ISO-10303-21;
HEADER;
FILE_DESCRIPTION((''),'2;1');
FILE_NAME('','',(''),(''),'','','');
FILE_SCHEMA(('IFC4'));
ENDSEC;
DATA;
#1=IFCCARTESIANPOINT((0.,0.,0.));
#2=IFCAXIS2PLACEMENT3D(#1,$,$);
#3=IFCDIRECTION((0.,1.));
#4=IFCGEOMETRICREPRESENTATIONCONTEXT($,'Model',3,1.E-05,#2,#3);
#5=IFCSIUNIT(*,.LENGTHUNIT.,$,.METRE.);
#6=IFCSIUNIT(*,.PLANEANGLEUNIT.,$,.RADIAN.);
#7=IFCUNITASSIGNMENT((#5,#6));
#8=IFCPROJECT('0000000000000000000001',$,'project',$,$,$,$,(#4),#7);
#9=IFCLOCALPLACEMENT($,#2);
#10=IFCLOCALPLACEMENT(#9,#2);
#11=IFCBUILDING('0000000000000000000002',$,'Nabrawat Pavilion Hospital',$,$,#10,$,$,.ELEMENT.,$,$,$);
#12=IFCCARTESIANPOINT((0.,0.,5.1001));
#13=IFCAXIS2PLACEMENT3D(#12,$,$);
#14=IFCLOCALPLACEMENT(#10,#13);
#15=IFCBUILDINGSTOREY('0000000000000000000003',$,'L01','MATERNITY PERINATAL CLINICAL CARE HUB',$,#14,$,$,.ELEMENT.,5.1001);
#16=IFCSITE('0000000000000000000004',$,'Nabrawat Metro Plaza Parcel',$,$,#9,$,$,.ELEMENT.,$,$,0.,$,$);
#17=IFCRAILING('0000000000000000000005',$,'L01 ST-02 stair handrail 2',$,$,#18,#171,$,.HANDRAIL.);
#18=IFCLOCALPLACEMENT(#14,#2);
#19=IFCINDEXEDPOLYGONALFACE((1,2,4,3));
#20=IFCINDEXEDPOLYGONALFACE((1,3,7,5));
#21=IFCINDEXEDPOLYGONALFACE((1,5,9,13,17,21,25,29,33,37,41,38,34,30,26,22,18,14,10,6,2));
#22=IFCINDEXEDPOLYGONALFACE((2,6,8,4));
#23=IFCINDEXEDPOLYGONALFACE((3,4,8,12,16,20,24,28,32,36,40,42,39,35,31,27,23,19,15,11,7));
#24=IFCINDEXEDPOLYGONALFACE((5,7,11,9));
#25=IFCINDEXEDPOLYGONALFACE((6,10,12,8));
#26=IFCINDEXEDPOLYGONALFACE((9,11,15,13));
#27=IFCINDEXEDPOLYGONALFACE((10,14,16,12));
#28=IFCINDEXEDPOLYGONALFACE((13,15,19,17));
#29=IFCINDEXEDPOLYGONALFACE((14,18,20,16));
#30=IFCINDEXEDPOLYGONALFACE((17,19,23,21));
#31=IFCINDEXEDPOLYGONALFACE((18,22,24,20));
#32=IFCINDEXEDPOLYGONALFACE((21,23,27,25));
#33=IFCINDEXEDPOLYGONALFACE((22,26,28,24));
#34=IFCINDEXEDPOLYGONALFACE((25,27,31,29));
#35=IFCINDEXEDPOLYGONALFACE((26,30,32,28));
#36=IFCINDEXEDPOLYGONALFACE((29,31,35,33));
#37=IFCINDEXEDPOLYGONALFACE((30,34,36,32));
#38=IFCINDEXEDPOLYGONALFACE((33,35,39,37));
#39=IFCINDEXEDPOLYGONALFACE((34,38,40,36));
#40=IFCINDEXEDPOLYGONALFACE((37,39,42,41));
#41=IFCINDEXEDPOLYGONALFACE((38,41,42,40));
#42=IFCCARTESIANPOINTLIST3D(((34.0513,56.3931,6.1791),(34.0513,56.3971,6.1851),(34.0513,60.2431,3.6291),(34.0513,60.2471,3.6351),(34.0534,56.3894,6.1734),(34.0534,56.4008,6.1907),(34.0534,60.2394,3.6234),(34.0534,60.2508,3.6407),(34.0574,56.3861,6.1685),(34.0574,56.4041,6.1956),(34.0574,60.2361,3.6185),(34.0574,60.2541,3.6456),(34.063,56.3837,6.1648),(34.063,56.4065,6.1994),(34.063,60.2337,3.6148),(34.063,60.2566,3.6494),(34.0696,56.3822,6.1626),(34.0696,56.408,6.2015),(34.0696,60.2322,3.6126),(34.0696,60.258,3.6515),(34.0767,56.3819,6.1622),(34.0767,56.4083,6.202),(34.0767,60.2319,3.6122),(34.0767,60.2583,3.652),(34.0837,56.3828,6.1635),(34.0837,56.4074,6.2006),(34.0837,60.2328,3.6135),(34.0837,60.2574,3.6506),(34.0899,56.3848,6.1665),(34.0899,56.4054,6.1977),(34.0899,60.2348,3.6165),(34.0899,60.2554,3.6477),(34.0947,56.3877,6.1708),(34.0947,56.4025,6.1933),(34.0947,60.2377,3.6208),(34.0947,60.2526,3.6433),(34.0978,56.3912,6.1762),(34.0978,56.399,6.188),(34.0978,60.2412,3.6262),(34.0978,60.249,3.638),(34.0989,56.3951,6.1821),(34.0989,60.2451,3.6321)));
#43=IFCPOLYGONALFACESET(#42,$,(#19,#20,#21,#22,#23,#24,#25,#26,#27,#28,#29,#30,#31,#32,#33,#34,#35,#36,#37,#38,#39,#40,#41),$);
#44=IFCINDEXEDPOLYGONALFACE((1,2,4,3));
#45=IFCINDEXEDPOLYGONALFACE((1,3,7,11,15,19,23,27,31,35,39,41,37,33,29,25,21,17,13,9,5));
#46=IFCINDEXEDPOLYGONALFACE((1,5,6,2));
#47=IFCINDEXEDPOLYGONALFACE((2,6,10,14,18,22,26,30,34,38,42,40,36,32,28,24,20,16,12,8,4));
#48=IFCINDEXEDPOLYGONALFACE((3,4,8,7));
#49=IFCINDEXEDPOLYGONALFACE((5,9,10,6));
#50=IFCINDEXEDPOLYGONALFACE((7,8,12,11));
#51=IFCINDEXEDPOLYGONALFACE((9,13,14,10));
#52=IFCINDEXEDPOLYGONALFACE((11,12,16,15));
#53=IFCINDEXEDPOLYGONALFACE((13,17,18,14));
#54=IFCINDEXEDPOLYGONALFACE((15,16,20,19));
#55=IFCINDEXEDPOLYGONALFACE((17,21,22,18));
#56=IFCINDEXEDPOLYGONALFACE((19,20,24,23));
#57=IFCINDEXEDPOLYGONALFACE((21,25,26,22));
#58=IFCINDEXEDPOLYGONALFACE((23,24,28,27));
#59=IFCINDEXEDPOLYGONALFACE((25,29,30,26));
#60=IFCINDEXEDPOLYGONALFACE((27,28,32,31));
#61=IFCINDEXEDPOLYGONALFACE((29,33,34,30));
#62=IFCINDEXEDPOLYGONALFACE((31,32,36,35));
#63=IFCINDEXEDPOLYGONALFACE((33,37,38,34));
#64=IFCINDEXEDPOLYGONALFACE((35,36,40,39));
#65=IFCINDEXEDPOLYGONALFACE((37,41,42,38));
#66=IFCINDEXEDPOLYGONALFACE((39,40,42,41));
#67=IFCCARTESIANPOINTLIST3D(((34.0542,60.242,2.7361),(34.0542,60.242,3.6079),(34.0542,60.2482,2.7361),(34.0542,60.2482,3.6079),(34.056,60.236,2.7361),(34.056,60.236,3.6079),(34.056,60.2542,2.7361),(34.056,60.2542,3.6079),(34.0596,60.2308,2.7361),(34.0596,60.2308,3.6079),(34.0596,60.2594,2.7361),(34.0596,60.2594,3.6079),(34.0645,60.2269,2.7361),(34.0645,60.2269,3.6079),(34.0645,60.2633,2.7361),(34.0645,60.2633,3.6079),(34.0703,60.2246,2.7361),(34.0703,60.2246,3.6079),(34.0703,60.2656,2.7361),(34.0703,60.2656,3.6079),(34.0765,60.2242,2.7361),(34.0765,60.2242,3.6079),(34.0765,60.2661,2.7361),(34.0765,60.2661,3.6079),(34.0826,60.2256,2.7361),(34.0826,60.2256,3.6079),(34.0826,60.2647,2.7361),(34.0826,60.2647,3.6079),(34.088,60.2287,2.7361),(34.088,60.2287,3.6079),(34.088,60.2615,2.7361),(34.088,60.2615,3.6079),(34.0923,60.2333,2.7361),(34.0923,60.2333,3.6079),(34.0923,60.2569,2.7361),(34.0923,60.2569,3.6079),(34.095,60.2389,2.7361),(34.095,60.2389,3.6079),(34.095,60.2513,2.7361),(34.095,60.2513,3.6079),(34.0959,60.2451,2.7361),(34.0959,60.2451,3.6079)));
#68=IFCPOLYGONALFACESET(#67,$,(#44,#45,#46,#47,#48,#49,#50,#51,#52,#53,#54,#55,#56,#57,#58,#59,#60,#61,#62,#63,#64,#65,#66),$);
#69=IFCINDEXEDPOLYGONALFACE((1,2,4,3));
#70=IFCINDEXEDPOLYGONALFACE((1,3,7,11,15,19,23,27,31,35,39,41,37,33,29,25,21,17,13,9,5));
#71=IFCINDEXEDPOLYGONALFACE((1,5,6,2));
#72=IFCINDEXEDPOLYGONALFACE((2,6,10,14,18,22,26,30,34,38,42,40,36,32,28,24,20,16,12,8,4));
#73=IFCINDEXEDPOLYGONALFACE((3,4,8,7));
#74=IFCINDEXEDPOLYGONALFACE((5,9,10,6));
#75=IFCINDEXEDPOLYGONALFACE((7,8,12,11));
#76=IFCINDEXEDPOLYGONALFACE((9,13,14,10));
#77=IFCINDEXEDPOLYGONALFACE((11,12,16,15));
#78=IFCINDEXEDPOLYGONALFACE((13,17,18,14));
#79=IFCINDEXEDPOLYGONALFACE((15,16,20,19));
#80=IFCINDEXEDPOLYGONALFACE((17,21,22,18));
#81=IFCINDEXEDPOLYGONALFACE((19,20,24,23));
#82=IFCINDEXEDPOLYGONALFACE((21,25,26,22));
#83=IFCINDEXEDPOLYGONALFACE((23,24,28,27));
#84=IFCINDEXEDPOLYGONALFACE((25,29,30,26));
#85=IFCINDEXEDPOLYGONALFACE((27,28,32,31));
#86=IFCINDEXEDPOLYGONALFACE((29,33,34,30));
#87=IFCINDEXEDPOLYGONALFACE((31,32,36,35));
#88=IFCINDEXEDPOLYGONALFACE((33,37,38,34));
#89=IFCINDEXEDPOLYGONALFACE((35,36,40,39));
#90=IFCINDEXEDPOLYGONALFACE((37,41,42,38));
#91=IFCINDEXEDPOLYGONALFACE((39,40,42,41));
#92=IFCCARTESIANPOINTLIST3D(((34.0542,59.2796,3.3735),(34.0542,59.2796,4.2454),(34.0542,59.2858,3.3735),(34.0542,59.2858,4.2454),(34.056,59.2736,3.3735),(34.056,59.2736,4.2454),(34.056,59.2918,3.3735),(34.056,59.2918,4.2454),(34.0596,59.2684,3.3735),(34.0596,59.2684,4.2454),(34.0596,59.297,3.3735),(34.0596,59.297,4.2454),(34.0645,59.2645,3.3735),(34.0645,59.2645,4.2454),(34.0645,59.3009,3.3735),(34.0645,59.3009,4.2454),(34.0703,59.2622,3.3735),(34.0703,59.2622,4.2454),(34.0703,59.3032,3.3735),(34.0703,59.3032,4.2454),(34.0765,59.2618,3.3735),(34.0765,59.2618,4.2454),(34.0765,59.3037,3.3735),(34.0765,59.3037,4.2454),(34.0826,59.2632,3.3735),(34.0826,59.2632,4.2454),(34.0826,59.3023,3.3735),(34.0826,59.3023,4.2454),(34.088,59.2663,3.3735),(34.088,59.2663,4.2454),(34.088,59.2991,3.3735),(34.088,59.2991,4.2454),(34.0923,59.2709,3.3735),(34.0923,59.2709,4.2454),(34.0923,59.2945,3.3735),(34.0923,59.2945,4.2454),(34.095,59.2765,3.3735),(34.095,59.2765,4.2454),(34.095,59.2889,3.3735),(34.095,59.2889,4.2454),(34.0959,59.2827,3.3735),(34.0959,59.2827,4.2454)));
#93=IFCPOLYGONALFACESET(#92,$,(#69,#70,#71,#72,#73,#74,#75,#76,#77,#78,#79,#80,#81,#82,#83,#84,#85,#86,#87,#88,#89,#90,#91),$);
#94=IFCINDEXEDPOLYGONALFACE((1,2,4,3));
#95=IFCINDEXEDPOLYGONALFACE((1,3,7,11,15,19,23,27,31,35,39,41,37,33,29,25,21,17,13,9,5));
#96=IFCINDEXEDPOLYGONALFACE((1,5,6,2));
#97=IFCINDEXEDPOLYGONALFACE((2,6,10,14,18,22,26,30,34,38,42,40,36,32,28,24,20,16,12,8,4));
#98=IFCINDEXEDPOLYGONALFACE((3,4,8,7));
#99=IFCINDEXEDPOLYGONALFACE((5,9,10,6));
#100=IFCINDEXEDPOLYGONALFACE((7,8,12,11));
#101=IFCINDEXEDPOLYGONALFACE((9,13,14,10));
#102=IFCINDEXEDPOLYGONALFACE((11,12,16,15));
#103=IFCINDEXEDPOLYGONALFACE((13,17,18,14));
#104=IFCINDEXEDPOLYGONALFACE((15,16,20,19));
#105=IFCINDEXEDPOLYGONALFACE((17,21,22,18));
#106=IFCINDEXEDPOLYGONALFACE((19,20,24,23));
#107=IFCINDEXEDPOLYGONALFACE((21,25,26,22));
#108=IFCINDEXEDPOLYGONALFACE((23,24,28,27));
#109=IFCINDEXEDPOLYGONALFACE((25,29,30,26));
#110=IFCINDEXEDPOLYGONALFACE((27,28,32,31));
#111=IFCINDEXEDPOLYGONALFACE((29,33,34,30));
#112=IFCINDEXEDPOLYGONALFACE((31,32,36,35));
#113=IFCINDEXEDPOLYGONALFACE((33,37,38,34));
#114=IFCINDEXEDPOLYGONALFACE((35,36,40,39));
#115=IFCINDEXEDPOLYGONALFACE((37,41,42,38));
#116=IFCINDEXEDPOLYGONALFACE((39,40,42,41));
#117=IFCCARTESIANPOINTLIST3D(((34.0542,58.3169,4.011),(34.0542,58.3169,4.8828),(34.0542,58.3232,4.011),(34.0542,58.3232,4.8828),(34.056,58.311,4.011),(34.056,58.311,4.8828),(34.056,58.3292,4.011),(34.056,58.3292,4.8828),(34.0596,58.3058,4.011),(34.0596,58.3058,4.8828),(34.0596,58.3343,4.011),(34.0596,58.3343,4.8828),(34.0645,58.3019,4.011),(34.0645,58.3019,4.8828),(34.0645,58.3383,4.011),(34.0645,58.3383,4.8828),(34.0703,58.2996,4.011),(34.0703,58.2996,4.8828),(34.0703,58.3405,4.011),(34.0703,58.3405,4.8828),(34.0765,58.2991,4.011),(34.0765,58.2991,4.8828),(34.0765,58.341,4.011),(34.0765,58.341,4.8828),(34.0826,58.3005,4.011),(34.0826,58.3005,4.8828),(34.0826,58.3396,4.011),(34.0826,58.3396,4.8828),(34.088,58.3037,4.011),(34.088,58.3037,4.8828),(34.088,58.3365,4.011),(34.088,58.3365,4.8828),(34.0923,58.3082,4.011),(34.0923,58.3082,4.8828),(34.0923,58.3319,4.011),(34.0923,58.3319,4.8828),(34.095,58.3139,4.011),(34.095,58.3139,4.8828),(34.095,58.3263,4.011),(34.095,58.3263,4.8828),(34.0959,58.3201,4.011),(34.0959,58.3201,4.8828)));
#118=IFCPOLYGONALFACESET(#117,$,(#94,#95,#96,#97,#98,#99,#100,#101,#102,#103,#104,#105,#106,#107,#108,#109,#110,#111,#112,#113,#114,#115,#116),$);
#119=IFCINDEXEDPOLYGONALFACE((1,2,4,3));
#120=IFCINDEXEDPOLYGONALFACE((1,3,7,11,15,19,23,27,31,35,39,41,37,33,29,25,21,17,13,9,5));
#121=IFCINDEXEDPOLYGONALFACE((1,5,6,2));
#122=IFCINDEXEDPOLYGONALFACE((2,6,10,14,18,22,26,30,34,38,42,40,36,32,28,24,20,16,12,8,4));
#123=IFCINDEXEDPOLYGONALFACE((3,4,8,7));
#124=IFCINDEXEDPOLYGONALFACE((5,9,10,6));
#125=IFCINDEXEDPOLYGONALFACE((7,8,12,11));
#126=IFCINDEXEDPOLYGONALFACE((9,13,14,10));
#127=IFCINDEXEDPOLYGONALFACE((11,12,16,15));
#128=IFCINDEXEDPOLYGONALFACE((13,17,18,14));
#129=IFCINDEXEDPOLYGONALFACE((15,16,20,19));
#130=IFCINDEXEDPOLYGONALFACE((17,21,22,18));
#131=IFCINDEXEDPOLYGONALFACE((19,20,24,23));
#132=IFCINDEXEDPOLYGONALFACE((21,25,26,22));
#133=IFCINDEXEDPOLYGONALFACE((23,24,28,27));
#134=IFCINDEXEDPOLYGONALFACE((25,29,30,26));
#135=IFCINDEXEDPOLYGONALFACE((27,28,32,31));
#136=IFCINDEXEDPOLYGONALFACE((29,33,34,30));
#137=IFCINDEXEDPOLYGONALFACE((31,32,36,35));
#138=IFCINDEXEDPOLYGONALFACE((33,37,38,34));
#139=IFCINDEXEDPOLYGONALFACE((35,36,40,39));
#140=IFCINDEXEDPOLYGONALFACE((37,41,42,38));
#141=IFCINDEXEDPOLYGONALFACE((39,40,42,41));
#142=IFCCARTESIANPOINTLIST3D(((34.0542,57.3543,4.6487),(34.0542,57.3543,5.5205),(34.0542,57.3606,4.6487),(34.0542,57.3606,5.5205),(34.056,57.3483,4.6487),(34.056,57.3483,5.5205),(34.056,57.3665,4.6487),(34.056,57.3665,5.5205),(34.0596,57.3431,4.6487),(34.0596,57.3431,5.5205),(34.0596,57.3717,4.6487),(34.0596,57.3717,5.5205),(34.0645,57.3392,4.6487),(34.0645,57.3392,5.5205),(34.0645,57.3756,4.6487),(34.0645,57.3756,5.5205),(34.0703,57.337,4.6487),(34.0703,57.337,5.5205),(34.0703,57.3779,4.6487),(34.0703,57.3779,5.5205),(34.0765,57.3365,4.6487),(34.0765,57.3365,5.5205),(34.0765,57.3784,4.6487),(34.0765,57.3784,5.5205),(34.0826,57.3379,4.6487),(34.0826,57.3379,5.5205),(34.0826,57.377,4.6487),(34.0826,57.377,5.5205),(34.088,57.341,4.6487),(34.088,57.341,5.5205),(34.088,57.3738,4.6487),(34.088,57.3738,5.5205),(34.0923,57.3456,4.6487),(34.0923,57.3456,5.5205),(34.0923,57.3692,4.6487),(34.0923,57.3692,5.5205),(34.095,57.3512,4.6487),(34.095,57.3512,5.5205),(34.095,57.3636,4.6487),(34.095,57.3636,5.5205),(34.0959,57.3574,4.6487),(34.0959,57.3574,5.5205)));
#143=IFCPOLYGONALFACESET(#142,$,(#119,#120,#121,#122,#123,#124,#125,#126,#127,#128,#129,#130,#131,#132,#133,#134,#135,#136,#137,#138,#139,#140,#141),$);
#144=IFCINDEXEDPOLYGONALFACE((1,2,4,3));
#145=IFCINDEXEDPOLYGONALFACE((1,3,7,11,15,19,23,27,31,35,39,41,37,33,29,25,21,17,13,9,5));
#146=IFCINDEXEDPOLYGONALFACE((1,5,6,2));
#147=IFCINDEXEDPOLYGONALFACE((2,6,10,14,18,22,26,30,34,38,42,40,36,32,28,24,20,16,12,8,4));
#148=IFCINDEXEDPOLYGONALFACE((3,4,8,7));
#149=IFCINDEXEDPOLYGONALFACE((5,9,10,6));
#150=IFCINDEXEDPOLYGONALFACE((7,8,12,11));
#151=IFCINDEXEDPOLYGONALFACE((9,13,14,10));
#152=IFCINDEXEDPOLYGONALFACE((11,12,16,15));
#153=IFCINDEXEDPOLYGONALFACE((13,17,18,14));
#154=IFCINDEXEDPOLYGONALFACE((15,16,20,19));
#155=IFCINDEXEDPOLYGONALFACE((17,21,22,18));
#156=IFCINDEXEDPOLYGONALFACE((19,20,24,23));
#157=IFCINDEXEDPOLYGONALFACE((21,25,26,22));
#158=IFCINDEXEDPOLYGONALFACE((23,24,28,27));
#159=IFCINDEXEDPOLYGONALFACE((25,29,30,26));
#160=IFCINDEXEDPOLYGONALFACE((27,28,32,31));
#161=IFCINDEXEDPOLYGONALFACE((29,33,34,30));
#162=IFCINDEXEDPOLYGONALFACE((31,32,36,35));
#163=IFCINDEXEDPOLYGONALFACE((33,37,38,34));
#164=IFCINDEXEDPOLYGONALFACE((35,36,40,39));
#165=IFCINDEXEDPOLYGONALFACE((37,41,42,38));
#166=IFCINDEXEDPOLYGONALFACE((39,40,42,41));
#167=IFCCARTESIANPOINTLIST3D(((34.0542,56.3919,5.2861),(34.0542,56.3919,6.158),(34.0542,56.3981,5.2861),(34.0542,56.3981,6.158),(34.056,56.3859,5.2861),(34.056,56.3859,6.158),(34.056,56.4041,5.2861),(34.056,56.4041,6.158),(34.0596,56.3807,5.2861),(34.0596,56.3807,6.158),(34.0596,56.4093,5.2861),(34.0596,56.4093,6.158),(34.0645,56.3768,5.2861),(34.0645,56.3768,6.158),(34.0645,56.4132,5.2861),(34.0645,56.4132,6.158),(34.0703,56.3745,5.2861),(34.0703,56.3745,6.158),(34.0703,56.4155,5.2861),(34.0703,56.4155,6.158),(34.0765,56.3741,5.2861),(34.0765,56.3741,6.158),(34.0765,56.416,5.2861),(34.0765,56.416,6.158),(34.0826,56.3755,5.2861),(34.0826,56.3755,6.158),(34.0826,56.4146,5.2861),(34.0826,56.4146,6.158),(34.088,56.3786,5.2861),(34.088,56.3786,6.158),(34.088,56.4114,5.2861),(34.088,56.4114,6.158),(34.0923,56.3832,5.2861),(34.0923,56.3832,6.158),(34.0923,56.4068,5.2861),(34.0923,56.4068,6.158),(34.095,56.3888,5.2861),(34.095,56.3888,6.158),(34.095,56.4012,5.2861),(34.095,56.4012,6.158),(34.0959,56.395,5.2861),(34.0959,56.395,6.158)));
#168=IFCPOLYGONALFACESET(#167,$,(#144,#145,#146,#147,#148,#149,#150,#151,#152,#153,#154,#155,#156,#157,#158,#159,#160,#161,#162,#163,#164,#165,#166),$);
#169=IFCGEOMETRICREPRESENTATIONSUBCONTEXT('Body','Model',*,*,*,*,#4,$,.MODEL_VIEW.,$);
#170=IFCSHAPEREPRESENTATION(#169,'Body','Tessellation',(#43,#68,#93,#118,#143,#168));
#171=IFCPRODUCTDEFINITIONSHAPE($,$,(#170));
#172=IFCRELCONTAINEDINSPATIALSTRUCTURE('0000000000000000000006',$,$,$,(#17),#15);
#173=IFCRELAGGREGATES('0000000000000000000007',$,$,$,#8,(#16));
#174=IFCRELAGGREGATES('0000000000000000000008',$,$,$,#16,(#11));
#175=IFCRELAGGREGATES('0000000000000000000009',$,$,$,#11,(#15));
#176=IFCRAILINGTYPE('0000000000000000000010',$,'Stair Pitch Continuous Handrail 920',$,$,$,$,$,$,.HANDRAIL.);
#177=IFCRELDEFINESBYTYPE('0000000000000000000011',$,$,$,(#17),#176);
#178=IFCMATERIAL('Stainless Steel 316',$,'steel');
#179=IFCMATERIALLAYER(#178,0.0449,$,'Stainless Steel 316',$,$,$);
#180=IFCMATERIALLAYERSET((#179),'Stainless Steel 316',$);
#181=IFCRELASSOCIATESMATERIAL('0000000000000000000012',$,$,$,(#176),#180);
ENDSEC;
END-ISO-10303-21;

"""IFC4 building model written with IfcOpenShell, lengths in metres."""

from ifc_helpers import new_model, si_unit, direction, frame, origin, origin_2d, place, context, subcontext, project, spatial, circle, extrude, material, layer, layer_set, type_object, element, save


model = new_model("IFC4")

# Units and contexts
model_context = context("Model", 3, precision=1e-05, world=origin(), true_north=direction((0.0, 1.0)))
body_context = subcontext(model_context, "Body", "Model", "MODEL_VIEW")
ifc_project = project(units=[si_unit("LENGTHUNIT", "METRE"), si_unit("PLANEANGLEUNIT", "RADIAN")], contexts=[model_context])

# Site, building, storey
site_placement = place(None, origin())
site = spatial("IfcSite", under=ifc_project, at=site_placement, Name="Nabrawat Metro Plaza Parcel", CompositionType="ELEMENT", RefElevation=0.0)
building_placement = place(site_placement, origin())
building = spatial("IfcBuilding", under=site, at=building_placement, Name="Nabrawat Pavilion Hospital", CompositionType="ELEMENT")
storey_placement = place(building_placement, frame((0.0, 0.0, 5.1001)))
storey = spatial("IfcBuildingStorey", under=building, at=storey_placement, Name="L01", Description="MATERNITY PERINATAL CLINICAL CARE HUB", CompositionType="ELEMENT", Elevation=5.1001)

# Railing
ifc_material_1 = material(Name="Stainless Steel 316", Category="steel")
ifc_layer_1 = layer(ifc_material_1, 0.0449, Name="Stainless Steel 316")
ifc_layer_set_1 = layer_set([ifc_layer_1], Name="Stainless Steel 316")
railing_type_1 = type_object("IfcRailingType", Name="Stair Pitch Continuous Handrail 920", PredefinedType="HANDRAIL", material=ifc_layer_set_1)
railing_1_placement = place(storey_placement, frame((34.075, 60.2451, 2.7361)))
element("IfcRailing", 1, at=railing_1_placement, inside=storey, type_object=railing_type_1, Name="L01 ST-02 stair handrail 2", PredefinedType="HANDRAIL", context=body_context, shape_type="SweptSolid", body=[
    extrude(circle(Radius=0.0239, at=origin_2d()), frame((0.0, 0.0, 0.896), z_axis=(0.0, -0.833714, 0.552197), x_axis=(1.0, 0.0, 0.0)), (0.0, 0.0, 1.0), 4.6179),
    extrude(circle(Radius=0.021, at=origin_2d()), origin(), (0.0, 0.0, 1.0), 0.8718),
    extrude(circle(Radius=0.021, at=origin_2d()), frame((0.0, -0.9624, 0.6375)), (0.0, 0.0, 1.0), 0.8718),
    extrude(circle(Radius=0.021, at=origin_2d()), frame((0.0, -1.925, 1.2749)), (0.0, 0.0, 1.0), 0.8718),
    extrude(circle(Radius=0.021, at=origin_2d()), frame((0.0, -2.8877, 1.9126)), (0.0, 0.0, 1.0), 0.8718),
    extrude(circle(Radius=0.021, at=origin_2d()), frame((0.0, -3.8501, 2.55)), (0.0, 0.0, 1.0), 0.8718),
])

save(model, "model.ifc")
